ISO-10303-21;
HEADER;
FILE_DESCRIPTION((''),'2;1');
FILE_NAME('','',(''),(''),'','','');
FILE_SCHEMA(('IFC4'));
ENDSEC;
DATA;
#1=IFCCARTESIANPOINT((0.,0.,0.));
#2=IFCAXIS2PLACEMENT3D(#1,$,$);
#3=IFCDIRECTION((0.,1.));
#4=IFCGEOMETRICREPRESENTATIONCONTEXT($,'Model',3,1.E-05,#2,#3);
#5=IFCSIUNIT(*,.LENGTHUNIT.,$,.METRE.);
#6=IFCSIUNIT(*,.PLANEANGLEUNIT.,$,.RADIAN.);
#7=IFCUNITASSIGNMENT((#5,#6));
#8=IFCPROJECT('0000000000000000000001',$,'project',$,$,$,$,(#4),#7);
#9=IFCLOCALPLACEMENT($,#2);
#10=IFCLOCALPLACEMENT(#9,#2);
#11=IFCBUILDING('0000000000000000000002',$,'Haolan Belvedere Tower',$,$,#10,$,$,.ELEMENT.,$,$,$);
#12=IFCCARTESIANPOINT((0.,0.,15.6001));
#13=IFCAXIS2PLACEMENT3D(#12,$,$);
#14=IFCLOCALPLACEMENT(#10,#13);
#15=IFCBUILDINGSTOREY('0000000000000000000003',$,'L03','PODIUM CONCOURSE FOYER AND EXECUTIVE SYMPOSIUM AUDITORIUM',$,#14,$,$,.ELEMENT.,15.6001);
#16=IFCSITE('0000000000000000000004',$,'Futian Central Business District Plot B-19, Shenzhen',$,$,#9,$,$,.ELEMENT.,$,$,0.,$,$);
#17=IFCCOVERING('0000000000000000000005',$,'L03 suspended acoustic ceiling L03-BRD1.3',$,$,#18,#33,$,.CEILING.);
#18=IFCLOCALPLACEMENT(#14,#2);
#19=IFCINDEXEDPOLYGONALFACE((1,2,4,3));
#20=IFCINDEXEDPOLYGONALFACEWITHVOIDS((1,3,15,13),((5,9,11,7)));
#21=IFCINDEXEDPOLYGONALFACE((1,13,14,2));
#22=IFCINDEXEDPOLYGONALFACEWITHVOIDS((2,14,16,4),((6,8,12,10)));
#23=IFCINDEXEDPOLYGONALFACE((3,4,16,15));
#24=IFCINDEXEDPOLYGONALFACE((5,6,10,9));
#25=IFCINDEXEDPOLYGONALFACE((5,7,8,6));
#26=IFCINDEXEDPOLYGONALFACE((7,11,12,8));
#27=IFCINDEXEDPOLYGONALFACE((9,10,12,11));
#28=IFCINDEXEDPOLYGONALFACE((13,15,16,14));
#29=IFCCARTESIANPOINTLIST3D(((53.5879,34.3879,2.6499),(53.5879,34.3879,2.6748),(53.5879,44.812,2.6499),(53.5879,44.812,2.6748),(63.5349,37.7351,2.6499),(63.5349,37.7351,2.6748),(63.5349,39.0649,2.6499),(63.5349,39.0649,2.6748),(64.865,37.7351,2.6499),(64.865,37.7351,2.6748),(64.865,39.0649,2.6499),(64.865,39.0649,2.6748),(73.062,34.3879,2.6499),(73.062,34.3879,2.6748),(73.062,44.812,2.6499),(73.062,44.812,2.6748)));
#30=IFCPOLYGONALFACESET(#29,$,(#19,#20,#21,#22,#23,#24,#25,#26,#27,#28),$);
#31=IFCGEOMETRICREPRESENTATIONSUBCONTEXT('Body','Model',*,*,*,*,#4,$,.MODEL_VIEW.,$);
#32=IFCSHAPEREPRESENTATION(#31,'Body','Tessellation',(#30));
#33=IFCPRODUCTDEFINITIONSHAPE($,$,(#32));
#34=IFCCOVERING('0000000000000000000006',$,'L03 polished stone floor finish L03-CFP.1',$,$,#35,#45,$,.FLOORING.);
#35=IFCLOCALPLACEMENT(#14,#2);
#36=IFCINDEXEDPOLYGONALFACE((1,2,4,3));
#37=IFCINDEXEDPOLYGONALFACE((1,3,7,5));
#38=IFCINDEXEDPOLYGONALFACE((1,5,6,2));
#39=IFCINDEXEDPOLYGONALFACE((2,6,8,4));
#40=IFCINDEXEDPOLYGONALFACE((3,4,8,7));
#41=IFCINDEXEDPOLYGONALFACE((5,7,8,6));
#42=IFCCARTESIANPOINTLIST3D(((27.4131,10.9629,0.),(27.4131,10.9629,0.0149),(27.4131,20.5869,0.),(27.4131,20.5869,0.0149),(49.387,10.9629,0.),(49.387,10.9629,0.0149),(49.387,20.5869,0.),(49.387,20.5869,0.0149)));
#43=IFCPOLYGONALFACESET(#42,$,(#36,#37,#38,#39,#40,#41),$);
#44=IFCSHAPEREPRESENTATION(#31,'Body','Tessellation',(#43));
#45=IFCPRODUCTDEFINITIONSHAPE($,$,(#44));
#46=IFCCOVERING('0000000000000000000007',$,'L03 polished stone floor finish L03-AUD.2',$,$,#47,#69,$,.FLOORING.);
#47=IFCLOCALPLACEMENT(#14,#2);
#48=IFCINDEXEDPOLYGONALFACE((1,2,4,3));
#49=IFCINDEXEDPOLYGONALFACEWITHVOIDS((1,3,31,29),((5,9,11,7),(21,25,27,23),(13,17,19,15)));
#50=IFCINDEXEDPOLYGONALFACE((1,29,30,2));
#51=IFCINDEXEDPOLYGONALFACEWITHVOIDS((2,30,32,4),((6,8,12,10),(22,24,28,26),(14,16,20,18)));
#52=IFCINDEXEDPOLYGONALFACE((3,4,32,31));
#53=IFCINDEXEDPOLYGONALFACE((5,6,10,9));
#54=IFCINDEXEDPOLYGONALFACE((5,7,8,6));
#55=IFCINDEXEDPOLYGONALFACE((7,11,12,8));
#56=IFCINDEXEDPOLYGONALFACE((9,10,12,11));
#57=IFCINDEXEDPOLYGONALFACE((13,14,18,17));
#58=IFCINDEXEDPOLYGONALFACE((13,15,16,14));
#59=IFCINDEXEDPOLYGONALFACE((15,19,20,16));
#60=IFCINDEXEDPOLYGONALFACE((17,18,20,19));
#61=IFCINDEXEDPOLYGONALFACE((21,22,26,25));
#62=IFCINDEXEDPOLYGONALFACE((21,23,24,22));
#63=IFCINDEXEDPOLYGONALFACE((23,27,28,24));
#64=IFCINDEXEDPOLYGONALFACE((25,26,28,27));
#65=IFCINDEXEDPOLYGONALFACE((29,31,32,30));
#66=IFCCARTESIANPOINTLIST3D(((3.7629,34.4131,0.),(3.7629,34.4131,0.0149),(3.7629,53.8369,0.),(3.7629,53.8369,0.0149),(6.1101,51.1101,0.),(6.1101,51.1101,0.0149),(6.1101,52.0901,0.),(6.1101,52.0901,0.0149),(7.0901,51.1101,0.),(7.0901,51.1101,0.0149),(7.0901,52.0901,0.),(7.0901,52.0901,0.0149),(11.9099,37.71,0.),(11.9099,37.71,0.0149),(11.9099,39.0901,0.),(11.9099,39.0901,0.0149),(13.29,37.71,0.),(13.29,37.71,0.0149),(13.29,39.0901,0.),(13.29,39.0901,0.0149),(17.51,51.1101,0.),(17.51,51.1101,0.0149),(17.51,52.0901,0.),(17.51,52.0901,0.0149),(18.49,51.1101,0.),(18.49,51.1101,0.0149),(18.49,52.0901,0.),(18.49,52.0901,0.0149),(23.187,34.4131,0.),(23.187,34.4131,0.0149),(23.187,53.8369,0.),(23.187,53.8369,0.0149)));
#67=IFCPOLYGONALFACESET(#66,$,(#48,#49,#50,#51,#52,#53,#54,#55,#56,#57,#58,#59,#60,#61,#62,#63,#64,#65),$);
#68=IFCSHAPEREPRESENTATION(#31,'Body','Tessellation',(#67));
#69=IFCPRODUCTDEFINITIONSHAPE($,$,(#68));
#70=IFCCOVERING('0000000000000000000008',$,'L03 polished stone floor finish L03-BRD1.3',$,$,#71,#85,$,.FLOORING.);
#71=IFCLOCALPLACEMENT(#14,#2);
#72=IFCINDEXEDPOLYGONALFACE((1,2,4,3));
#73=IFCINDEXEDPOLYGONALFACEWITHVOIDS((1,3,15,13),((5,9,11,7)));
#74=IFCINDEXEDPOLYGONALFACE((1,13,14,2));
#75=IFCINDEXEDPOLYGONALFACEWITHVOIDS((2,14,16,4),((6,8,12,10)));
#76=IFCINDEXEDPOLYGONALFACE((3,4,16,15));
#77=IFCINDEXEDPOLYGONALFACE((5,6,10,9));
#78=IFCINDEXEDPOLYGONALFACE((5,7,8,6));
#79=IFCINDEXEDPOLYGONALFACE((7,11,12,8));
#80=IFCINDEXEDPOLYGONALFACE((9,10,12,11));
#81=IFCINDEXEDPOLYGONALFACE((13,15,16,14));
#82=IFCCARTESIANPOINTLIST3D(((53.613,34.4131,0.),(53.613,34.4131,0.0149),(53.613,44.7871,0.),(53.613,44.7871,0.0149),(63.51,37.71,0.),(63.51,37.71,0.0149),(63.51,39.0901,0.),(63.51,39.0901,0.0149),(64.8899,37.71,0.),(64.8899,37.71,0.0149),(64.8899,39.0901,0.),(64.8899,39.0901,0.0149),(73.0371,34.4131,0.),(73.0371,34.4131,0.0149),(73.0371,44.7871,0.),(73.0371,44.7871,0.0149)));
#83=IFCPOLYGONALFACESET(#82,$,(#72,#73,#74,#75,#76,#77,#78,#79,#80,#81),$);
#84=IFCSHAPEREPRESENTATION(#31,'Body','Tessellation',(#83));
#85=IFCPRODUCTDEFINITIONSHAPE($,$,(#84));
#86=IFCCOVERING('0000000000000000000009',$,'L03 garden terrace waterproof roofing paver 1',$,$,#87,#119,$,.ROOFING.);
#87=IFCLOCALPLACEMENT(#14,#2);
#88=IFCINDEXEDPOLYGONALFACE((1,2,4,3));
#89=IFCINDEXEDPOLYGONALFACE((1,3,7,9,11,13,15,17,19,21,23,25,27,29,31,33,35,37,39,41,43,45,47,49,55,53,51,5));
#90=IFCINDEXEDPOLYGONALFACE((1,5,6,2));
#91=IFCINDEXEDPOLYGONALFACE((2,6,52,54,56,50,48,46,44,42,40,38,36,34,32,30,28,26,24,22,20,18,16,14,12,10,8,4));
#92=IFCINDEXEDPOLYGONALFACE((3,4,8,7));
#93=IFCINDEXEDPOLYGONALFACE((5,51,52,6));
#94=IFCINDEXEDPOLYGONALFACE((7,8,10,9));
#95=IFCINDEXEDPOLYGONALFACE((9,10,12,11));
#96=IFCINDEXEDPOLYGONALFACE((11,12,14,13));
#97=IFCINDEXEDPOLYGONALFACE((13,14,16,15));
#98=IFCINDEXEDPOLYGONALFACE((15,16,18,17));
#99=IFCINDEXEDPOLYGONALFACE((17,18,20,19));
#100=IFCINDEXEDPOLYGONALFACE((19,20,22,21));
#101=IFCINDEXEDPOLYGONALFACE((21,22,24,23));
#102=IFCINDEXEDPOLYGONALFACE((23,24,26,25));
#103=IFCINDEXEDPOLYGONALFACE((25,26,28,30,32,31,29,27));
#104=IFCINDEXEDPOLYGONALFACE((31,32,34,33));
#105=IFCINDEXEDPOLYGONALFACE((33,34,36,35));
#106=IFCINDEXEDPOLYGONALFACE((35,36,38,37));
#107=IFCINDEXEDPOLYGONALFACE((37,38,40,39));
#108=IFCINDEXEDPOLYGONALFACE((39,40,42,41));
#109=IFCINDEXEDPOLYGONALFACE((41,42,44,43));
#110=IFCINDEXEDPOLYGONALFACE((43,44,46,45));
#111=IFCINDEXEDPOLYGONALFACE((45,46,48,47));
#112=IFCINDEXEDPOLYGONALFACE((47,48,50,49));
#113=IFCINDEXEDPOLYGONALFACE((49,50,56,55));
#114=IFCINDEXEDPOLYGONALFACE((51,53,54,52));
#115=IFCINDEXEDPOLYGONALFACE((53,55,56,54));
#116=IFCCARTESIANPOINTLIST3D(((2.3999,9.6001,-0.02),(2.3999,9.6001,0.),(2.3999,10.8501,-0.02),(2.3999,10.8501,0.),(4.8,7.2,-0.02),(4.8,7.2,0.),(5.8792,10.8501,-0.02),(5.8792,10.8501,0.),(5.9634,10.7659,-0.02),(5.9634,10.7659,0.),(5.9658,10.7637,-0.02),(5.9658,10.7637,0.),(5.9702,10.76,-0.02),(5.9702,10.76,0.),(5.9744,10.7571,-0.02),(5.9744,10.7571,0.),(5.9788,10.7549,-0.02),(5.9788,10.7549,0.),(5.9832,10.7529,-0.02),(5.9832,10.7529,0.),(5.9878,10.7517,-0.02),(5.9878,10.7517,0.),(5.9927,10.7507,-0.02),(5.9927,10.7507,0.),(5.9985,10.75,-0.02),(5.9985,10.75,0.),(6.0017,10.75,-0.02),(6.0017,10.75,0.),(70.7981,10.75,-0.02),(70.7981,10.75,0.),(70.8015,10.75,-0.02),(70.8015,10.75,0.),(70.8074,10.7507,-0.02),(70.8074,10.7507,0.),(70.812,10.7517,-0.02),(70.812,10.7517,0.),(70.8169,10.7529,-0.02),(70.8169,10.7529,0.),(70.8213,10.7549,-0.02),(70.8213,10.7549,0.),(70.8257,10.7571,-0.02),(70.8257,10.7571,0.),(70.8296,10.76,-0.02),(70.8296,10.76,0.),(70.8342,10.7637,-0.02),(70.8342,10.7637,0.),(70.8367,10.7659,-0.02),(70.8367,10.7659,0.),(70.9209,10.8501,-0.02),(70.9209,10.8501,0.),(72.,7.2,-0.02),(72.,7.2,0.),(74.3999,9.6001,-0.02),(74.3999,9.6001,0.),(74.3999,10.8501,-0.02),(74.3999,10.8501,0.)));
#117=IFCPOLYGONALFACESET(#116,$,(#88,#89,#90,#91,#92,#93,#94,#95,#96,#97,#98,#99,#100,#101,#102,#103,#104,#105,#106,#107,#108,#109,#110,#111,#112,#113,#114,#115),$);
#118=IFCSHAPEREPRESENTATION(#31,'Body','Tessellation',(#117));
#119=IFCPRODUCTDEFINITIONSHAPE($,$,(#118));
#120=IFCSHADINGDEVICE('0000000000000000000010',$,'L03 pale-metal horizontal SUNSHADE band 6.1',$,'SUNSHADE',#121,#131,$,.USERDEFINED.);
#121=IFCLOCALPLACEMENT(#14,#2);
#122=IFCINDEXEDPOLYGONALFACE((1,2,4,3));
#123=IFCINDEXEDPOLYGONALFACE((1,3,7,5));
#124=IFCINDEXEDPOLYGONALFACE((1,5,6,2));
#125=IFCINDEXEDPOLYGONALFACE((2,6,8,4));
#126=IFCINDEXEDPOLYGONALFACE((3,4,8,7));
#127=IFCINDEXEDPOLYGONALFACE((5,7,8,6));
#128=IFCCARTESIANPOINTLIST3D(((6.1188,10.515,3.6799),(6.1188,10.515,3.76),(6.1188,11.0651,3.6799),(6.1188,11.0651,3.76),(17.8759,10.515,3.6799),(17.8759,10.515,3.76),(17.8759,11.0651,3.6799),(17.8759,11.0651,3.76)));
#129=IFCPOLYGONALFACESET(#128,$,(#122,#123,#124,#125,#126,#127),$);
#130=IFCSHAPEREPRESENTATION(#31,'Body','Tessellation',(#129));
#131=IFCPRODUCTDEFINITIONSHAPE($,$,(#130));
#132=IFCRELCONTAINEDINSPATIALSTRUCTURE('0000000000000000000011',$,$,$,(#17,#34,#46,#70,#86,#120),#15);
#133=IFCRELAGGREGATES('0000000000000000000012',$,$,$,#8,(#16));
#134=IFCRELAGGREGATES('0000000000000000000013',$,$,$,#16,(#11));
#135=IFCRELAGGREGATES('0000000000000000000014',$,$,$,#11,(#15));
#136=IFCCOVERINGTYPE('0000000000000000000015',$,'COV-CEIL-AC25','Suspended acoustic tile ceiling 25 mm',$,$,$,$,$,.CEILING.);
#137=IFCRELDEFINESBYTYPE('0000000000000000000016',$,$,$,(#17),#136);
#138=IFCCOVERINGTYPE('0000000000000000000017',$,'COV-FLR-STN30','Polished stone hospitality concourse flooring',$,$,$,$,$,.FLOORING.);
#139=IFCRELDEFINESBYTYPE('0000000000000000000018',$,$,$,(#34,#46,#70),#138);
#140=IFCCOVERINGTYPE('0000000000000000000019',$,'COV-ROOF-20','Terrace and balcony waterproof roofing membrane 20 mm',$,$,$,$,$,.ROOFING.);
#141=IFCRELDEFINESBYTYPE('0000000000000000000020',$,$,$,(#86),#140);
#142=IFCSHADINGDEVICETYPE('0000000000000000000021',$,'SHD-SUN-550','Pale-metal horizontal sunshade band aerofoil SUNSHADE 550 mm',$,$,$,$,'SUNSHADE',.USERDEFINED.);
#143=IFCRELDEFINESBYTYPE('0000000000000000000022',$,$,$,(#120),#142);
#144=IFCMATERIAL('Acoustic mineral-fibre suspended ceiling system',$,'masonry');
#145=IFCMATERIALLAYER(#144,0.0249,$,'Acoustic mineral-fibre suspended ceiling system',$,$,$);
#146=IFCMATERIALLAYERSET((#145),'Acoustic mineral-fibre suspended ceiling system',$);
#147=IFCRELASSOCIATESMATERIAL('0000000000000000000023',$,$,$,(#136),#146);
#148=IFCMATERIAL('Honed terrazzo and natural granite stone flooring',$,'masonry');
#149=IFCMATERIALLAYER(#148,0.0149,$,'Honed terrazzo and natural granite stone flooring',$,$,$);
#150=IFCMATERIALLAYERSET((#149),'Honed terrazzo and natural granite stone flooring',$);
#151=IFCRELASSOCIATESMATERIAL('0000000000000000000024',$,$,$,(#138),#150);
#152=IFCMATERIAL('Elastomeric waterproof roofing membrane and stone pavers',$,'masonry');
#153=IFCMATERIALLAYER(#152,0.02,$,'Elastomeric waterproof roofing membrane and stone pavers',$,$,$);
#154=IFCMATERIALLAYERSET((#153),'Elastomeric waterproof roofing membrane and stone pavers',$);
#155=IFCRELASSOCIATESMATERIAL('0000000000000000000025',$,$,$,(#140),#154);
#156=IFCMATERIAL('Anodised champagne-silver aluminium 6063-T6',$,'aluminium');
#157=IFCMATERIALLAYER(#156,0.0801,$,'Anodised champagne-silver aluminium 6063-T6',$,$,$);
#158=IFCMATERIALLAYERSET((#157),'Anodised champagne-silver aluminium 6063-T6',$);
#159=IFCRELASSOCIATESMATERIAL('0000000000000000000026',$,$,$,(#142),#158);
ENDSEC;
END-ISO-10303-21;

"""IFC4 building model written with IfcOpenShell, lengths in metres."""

from ifc_helpers import new_model, si_unit, direction, frame, origin, origin_2d, place, context, subcontext, project, spatial, polyline, rectangle, outline, extrude, material, layer, layer_set, type_object, element, save


model = new_model("IFC4")

# Units and contexts
model_context = context("Model", 3, precision=1e-05, world=origin(), true_north=direction((0.0, 1.0)))
body_context = subcontext(model_context, "Body", "Model", "MODEL_VIEW")
ifc_project = project(units=[si_unit("LENGTHUNIT", "METRE"), si_unit("PLANEANGLEUNIT", "RADIAN")], contexts=[model_context])

# Site, building, storey
site_placement = place(None, origin())
site = spatial("IfcSite", under=ifc_project, at=site_placement, Name="Futian Central Business District Plot B-19, Shenzhen", CompositionType="ELEMENT", RefElevation=0.0)
building_placement = place(site_placement, origin())
building = spatial("IfcBuilding", under=site, at=building_placement, Name="Haolan Belvedere Tower", CompositionType="ELEMENT")
storey_placement = place(building_placement, frame((0.0, 0.0, 15.6001)))
storey = spatial("IfcBuildingStorey", under=building, at=storey_placement, Name="L03", Description="PODIUM CONCOURSE FOYER AND EXECUTIVE SYMPOSIUM AUDITORIUM", CompositionType="ELEMENT", Elevation=15.6001)

# Coverings
ifc_material_1 = material(Name="Acoustic mineral-fibre suspended ceiling system", Category="masonry")
ifc_layer_1 = layer(ifc_material_1, 0.0249, Name="Acoustic mineral-fibre suspended ceiling system")
ifc_layer_set_1 = layer_set([ifc_layer_1], Name="Acoustic mineral-fibre suspended ceiling system")
covering_type_1 = type_object("IfcCoveringType", Name="COV-CEIL-AC25", Description="Suspended acoustic tile ceiling 25 mm", PredefinedType="CEILING", material=ifc_layer_set_1)
covering_1_placement = place(storey_placement, frame((0.0, 0.0, 2.6499)))
element("IfcCovering", 1, at=covering_1_placement, inside=storey, type_object=covering_type_1, Name="L03 suspended acoustic ceiling L03-BRD1.3", PredefinedType="CEILING", context=body_context, shape_type="SweptSolid", body=[
    extrude(outline(polyline([(73.062, 34.3879), (73.062, 44.812), (53.5879, 44.812), (53.5879, 34.3879), (73.062, 34.3879)]), holes=[polyline([(63.5349, 37.7351), (63.5349, 39.0649), (64.865, 39.0649), (64.865, 37.7351), (63.5349, 37.7351)])]), origin(), (0.0, 0.0, 1.0), 0.0249),
])
ifc_material_2 = material(Name="Honed terrazzo and natural granite stone flooring", Category="masonry")
ifc_layer_2 = layer(ifc_material_2, 0.0149, Name="Honed terrazzo and natural granite stone flooring")
ifc_layer_set_2 = layer_set([ifc_layer_2], Name="Honed terrazzo and natural granite stone flooring")
covering_type_2 = type_object("IfcCoveringType", Name="COV-FLR-STN30", Description="Polished stone hospitality concourse flooring", PredefinedType="FLOORING", material=ifc_layer_set_2)
covering_2_placement = place(storey_placement, origin())
element("IfcCovering", 2, at=covering_2_placement, inside=storey, type_object=covering_type_2, Name="L03 polished stone floor finish L03-CFP.1", PredefinedType="FLOORING", context=body_context, shape_type="SweptSolid", body=[
    extrude(outline(polyline([(49.387, 20.5869), (27.4131, 20.5869), (27.4131, 10.9629), (49.387, 10.9629), (49.387, 20.5869)])), origin(), (0.0, 0.0, 1.0), 0.0149),
])
covering_3_placement = place(storey_placement, origin())
element("IfcCovering", 3, at=covering_3_placement, inside=storey, type_object=covering_type_2, Name="L03 polished stone floor finish L03-AUD.2", PredefinedType="FLOORING", context=body_context, shape_type="SweptSolid", body=[
    extrude(outline(polyline([(23.187, 53.8369), (3.7629, 53.8369), (3.7629, 34.4131), (23.187, 34.4131), (23.187, 53.8369)]), holes=[polyline([(17.51, 52.0901), (18.49, 52.0901), (18.49, 51.1101), (17.51, 51.1101), (17.51, 52.0901)]), polyline([(11.9099, 39.0901), (13.29, 39.0901), (13.29, 37.71), (11.9099, 37.71), (11.9099, 39.0901)]), polyline([(6.1101, 52.0901), (7.0901, 52.0901), (7.0901, 51.1101), (6.1101, 51.1101), (6.1101, 52.0901)])]), origin(), (0.0, 0.0, 1.0), 0.0149),
])
covering_4_placement = place(storey_placement, origin())
element("IfcCovering", 4, at=covering_4_placement, inside=storey, type_object=covering_type_2, Name="L03 polished stone floor finish L03-BRD1.3", PredefinedType="FLOORING", context=body_context, shape_type="SweptSolid", body=[
    extrude(outline(polyline([(73.0371, 44.7871), (53.613, 44.7871), (53.613, 34.4131), (73.0371, 34.4131), (73.0371, 44.7871)]), holes=[polyline([(63.51, 39.0901), (64.8899, 39.0901), (64.8899, 37.71), (63.51, 37.71), (63.51, 39.0901)])]), origin(), (0.0, 0.0, 1.0), 0.0149),
])
ifc_material_3 = material(Name="Elastomeric waterproof roofing membrane and stone pavers", Category="masonry")
ifc_layer_3 = layer(ifc_material_3, 0.02, Name="Elastomeric waterproof roofing membrane and stone pavers")
ifc_layer_set_3 = layer_set([ifc_layer_3], Name="Elastomeric waterproof roofing membrane and stone pavers")
covering_type_3 = type_object("IfcCoveringType", Name="COV-ROOF-20", Description="Terrace and balcony waterproof roofing membrane 20 mm", PredefinedType="ROOFING", material=ifc_layer_set_3)
covering_5_placement = place(storey_placement, frame((0.0, 0.0, -0.02)))
element("IfcCovering", 5, at=covering_5_placement, inside=storey, type_object=covering_type_3, Name="L03 garden terrace waterproof roofing paver 1", PredefinedType="ROOFING", context=body_context, shape_type="SweptSolid", body=[
    extrude(outline(polyline([(74.3999, 10.8501), (70.9209, 10.8501), (70.8367, 10.7659), (70.8342, 10.7637), (70.8296, 10.76), (70.8257, 10.7571), (70.8213, 10.7549), (70.8169, 10.7529), (70.812, 10.7517), (70.8074, 10.7507), (70.8015, 10.75), (70.7981, 10.75), (6.0017, 10.75), (5.9985, 10.75), (5.9927, 10.7507), (5.9878, 10.7517), (5.9832, 10.7529), (5.9788, 10.7549), (5.9744, 10.7571), (5.9702, 10.76), (5.9658, 10.7637), (5.9634, 10.7659), (5.8792, 10.8501), (2.3999, 10.8501), (2.3999, 9.6001), (4.8, 7.2), (72.0, 7.2), (74.3999, 9.6001), (74.3999, 10.8501)])), origin(), (0.0, 0.0, 1.0), 0.02),
])

# Shading device
ifc_material_4 = material(Name="Anodised champagne-silver aluminium 6063-T6", Category="aluminium")
ifc_layer_4 = layer(ifc_material_4, 0.0801, Name="Anodised champagne-silver aluminium 6063-T6")
ifc_layer_set_4 = layer_set([ifc_layer_4], Name="Anodised champagne-silver aluminium 6063-T6")
shading_device_type = type_object("IfcShadingDeviceType", Name="SHD-SUN-550", Description="Pale-metal horizontal sunshade band aerofoil SUNSHADE 550 mm", ElementType="SUNSHADE", PredefinedType="USERDEFINED", material=ifc_layer_set_4)
shading_device_placement = place(storey_placement, frame((11.9973, 10.79, 3.6799), z_axis=(0.0, 0.0, 1.0), x_axis=(1.0, 0.0, 0.0)))
element("IfcShadingDevice", 6, at=shading_device_placement, inside=storey, type_object=shading_device_type, Name="L03 pale-metal horizontal SUNSHADE band 6.1", ObjectType="SUNSHADE", PredefinedType="USERDEFINED", context=body_context, shape_type="SweptSolid", body=[
    extrude(rectangle(XDim=11.7571, YDim=0.55, at=origin_2d()), origin(), (0.0, 0.0, 1.0), 0.0801),
])

save(model, "model.ifc")
